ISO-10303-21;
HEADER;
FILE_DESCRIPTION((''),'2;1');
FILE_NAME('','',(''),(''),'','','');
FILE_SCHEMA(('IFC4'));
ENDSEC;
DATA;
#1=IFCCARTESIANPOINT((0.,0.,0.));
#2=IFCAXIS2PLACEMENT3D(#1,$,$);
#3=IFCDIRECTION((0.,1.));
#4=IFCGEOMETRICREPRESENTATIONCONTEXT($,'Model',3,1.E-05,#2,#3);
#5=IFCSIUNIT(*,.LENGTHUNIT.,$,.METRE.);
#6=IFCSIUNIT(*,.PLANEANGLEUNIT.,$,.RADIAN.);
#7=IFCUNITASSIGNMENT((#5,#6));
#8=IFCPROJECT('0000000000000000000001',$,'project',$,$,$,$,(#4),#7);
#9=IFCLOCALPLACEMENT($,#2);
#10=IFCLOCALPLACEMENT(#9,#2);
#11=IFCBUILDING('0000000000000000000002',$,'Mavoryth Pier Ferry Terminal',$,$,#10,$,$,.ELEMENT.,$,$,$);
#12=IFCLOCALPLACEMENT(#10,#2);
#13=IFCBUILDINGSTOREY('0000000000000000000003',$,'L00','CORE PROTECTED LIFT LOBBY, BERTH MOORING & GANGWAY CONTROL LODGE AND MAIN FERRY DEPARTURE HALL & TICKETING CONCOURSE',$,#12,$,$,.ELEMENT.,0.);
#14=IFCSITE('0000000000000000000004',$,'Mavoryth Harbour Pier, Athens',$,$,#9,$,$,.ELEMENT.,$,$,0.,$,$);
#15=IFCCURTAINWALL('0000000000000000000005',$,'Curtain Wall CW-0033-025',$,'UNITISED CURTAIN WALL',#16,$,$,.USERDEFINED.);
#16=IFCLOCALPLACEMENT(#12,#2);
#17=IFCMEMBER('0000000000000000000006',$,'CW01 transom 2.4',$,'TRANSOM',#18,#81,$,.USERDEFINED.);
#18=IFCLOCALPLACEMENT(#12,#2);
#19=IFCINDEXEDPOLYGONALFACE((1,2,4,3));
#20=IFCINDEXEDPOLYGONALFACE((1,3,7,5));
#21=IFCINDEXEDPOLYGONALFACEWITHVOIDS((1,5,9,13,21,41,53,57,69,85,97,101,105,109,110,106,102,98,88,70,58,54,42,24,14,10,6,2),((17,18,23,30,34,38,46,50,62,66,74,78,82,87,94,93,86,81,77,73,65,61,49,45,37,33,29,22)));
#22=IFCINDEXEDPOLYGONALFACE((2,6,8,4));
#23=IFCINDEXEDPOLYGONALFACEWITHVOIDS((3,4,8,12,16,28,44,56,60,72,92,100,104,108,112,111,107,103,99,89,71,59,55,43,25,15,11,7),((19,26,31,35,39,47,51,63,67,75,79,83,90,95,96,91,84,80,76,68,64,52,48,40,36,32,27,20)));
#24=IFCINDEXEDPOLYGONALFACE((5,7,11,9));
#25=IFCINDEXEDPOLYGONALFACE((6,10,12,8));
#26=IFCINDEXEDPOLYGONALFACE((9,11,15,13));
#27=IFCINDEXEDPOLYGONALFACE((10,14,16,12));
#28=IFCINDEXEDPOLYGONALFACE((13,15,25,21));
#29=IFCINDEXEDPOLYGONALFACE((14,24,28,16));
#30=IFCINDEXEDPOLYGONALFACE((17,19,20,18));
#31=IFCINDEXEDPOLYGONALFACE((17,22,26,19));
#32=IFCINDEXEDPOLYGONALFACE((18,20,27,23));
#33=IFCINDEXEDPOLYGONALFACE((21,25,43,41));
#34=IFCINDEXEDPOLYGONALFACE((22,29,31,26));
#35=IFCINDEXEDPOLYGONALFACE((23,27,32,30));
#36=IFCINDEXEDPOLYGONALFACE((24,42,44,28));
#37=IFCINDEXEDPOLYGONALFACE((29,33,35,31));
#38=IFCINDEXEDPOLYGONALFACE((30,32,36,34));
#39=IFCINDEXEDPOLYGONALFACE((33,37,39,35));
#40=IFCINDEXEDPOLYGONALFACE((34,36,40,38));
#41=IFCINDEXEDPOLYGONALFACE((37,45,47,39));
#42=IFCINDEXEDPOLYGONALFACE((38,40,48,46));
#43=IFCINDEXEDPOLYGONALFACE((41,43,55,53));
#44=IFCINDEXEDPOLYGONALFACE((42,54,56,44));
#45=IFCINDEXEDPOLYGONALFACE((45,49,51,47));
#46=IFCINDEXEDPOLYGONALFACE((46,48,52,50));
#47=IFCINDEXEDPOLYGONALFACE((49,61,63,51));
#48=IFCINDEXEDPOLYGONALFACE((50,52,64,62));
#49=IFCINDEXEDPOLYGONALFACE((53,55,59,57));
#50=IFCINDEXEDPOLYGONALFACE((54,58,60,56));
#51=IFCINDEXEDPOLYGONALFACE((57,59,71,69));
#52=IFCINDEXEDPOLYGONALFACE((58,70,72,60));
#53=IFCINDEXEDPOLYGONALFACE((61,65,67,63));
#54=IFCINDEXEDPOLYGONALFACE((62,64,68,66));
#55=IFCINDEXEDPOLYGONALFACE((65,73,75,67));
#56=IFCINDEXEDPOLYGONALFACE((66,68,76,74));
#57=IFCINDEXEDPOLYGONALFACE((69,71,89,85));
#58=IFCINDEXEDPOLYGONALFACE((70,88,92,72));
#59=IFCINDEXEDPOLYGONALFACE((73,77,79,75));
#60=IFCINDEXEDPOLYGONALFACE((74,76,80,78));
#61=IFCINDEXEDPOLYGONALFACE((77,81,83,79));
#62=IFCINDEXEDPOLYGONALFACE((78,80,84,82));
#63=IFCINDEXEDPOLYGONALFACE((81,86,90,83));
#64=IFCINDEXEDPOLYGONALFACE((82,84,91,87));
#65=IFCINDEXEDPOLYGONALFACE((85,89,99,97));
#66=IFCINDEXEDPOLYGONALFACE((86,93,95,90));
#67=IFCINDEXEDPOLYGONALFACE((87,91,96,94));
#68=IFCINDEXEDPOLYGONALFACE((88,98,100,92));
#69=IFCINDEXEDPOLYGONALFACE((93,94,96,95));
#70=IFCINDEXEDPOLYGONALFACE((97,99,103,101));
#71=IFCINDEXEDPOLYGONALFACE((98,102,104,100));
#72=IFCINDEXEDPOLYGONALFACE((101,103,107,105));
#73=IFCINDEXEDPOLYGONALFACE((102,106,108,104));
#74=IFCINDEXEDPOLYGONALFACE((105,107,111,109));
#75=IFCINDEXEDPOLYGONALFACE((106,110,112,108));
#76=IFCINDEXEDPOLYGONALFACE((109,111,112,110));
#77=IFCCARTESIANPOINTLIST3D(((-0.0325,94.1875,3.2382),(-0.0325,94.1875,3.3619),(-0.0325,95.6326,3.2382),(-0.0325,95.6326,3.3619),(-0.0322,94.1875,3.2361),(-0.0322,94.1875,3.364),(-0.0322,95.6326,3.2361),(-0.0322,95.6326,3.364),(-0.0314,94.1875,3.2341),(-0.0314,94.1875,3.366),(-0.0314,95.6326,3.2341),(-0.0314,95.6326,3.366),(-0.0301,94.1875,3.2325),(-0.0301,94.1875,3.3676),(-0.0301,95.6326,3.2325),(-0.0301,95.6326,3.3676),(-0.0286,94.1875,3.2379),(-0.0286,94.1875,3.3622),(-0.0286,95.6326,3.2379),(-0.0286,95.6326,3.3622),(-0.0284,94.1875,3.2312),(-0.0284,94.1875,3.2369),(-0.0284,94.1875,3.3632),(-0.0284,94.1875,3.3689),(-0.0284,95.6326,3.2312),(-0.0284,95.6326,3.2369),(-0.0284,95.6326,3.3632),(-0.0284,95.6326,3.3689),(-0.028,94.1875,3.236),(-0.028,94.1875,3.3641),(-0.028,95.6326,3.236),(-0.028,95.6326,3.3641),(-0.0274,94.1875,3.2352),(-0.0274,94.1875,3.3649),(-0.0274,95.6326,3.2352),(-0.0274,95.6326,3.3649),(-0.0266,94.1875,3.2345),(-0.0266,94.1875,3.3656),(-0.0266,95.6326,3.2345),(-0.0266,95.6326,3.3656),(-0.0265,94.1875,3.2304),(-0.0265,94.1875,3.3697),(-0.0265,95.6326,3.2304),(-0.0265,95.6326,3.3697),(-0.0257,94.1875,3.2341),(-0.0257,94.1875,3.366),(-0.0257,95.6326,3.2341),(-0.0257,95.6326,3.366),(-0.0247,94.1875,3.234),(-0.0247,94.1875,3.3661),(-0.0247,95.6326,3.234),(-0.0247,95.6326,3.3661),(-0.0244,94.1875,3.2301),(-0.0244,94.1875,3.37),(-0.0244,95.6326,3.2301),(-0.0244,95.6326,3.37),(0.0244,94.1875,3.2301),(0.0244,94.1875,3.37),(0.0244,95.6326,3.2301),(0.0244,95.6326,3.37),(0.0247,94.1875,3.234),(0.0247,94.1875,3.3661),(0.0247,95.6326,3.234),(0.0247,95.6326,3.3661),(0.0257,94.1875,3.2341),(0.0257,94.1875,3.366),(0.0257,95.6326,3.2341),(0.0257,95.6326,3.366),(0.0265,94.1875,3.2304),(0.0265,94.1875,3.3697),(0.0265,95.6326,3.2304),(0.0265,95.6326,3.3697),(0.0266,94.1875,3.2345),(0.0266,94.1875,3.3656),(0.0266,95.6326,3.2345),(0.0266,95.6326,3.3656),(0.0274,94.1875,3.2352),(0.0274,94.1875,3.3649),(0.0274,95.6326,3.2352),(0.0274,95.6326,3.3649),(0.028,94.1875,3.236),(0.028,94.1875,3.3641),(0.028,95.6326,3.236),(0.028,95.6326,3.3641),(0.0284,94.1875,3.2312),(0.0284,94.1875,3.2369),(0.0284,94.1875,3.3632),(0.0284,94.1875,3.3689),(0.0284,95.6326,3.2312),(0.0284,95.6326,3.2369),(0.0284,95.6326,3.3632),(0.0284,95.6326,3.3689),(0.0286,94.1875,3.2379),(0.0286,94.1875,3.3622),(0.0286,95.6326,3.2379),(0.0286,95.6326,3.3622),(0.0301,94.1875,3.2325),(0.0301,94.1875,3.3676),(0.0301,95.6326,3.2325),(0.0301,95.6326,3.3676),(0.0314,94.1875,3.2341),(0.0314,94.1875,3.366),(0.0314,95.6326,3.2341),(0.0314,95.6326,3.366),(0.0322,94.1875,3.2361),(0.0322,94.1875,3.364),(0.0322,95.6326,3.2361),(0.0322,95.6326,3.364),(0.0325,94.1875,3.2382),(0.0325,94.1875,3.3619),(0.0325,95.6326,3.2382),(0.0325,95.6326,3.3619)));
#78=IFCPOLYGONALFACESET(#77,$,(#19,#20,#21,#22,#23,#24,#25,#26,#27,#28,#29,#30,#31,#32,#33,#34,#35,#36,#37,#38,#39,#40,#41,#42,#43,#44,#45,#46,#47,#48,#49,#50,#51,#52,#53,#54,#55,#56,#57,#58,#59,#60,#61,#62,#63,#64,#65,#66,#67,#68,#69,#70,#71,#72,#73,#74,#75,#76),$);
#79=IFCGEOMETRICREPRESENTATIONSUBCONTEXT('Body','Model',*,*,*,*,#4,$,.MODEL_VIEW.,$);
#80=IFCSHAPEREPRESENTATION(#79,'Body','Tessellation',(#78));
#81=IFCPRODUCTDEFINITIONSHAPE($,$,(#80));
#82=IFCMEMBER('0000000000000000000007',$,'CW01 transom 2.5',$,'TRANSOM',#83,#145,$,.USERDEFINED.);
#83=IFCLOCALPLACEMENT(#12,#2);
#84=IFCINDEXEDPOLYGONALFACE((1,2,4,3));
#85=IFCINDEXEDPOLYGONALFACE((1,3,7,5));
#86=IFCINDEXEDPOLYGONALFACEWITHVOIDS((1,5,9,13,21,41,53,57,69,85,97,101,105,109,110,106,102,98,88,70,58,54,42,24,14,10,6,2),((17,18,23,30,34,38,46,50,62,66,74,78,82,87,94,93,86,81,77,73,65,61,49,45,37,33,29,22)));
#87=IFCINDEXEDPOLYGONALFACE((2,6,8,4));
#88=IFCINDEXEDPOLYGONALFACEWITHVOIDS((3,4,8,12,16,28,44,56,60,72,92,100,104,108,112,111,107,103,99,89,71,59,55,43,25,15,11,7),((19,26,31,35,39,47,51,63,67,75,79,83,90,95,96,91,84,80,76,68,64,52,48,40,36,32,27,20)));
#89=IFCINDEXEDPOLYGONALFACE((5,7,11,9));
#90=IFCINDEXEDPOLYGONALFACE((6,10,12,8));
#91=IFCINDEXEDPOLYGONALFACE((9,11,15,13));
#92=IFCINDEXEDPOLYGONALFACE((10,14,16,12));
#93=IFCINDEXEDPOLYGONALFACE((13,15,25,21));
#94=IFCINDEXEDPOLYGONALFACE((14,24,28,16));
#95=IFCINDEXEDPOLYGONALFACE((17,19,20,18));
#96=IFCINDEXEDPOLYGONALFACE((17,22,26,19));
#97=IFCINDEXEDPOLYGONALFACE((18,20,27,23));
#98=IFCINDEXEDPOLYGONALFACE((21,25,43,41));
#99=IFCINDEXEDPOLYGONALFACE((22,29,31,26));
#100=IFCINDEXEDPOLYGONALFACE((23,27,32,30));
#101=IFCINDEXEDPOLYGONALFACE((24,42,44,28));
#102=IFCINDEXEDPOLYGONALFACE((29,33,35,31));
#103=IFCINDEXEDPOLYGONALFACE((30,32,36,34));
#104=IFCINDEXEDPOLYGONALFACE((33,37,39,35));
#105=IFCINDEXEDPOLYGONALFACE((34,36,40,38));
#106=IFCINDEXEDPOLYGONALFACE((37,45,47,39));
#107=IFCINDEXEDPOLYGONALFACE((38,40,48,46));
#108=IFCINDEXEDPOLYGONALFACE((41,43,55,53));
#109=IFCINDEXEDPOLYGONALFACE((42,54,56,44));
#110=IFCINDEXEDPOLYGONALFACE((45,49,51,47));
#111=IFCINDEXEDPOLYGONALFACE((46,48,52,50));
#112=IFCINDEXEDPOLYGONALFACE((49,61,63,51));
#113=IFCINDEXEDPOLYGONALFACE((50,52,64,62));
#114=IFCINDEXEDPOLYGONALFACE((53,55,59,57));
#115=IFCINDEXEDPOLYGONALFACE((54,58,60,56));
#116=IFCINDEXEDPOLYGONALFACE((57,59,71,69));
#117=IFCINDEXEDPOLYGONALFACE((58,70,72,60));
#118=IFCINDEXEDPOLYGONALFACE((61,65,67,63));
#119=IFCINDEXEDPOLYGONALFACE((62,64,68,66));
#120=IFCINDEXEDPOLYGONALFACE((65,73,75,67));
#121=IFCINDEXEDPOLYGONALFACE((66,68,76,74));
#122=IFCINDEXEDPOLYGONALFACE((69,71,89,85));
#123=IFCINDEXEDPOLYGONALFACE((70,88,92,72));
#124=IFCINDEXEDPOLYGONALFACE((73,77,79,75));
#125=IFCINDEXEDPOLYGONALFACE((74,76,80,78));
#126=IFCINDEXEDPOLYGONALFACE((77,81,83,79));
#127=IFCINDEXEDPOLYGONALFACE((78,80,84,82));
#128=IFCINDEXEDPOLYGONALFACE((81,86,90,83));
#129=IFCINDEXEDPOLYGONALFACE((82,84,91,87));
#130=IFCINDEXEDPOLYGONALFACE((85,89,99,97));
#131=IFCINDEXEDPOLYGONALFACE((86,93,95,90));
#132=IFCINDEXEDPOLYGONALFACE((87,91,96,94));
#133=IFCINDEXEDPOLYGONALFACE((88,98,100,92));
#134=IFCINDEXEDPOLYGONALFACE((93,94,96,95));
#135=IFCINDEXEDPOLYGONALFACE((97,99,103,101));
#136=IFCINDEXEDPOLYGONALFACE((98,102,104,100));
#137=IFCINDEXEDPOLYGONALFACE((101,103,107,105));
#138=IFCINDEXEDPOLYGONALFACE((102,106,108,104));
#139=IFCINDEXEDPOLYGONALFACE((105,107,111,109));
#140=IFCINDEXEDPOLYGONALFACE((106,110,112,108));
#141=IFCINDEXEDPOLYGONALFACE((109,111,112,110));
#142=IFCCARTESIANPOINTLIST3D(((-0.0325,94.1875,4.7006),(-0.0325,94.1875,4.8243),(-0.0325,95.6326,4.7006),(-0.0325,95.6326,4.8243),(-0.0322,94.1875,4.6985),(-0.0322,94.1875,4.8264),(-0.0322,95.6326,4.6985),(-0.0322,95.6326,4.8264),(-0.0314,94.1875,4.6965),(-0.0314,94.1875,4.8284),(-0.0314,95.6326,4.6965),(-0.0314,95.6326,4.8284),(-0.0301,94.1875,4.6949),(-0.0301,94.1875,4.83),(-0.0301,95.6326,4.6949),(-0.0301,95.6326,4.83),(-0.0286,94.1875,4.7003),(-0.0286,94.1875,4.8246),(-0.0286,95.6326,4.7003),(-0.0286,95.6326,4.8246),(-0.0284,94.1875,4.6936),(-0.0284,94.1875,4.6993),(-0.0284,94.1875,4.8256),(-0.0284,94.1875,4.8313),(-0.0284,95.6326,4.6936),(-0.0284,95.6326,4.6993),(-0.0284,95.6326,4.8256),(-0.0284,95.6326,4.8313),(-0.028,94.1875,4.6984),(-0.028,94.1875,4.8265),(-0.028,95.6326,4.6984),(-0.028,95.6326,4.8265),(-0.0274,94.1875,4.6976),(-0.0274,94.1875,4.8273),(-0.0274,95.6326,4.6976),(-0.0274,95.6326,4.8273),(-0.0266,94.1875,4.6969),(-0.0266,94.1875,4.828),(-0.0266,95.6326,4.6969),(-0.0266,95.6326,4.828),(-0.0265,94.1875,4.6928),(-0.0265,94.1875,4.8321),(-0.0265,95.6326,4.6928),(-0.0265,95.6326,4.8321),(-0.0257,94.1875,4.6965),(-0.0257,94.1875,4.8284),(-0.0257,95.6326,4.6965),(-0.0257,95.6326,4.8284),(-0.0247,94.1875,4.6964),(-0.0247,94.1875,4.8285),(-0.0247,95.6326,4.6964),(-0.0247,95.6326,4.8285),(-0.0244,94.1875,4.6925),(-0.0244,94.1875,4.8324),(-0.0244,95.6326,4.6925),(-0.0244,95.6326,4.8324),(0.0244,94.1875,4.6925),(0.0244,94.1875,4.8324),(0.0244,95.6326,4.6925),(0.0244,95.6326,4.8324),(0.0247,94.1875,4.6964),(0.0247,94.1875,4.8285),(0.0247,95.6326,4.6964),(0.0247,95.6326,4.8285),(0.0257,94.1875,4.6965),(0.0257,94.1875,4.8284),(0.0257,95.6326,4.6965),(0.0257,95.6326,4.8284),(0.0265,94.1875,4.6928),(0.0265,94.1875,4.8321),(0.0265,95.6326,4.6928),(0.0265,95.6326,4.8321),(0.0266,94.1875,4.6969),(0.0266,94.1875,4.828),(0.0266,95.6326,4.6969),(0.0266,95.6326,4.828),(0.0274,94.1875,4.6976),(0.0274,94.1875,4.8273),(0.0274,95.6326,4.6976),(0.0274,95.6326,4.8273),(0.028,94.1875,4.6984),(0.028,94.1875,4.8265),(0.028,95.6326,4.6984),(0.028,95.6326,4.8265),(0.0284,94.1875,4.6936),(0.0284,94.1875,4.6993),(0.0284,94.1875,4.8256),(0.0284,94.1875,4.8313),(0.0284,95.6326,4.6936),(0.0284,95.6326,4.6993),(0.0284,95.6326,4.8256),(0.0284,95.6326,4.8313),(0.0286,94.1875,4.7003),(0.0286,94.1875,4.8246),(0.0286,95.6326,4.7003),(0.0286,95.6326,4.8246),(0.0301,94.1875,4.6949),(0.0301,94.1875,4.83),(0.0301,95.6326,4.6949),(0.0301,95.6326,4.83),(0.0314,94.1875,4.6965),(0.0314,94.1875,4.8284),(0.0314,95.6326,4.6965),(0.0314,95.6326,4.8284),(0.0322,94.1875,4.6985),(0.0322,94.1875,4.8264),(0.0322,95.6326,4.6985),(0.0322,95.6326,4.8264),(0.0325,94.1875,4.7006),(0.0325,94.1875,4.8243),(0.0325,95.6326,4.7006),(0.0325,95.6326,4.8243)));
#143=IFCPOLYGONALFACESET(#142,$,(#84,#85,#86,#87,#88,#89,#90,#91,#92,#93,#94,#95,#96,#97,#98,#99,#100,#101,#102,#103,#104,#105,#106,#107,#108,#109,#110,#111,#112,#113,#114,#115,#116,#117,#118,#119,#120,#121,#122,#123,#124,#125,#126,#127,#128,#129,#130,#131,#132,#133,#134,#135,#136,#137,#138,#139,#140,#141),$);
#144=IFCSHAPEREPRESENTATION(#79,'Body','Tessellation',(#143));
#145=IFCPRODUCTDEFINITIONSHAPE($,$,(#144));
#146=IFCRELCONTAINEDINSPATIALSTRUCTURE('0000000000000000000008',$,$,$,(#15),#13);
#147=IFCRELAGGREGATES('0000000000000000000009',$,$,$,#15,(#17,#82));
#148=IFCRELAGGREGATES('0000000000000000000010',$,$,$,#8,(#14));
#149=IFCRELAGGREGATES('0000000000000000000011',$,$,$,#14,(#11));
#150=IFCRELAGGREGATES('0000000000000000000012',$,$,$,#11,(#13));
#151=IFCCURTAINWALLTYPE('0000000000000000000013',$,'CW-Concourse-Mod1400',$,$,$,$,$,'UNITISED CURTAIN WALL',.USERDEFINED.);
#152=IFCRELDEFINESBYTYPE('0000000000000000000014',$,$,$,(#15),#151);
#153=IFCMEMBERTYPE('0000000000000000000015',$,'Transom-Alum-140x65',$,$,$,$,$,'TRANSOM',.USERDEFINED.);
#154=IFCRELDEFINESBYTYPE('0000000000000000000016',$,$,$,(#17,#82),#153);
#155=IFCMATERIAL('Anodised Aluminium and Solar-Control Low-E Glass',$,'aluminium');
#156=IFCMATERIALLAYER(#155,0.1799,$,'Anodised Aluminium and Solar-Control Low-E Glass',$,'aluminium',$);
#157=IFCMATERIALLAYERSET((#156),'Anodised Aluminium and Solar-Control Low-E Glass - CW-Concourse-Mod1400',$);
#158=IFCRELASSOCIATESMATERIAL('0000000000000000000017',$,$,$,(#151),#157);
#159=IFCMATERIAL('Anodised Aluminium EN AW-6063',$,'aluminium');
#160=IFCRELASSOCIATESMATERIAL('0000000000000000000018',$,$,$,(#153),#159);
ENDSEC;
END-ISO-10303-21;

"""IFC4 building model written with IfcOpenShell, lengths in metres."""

from ifc_helpers import new_model, si_unit, direction, frame, origin, origin_2d, place, context, subcontext, project, spatial, hollow_rectangle, extrude, material, layer, layer_set, material_profile, profile_set, type_object, element, aggregate, save


model = new_model("IFC4")

# Units and contexts
model_context = context("Model", 3, precision=1e-05, world=origin(), true_north=direction((0.0, 1.0)))
body_context = subcontext(model_context, "Body", "Model", "MODEL_VIEW")
ifc_project = project(units=[si_unit("LENGTHUNIT", "METRE"), si_unit("PLANEANGLEUNIT", "RADIAN")], contexts=[model_context])

# Site, building, storey
site_placement = place(None, origin())
site = spatial("IfcSite", under=ifc_project, at=site_placement, Name="Mavoryth Harbour Pier, Athens", CompositionType="ELEMENT", RefElevation=0.0)
building_placement = place(site_placement, origin())
building = spatial("IfcBuilding", under=site, at=building_placement, Name="Mavoryth Pier Ferry Terminal", CompositionType="ELEMENT")
storey_placement = place(building_placement, origin())
storey = spatial("IfcBuildingStorey", under=building, at=storey_placement, Name="L00", Description="CORE PROTECTED LIFT LOBBY, BERTH MOORING & GANGWAY CONTROL LODGE AND MAIN FERRY DEPARTURE HALL & TICKETING CONCOURSE", CompositionType="ELEMENT", Elevation=0.0)

# Curtain wall, members
ifc_material_1 = material(Name="Anodised Aluminium and Solar-Control Low-E Glass", Category="aluminium")
ifc_layer_1 = layer(ifc_material_1, 0.1799, Name="Anodised Aluminium and Solar-Control Low-E Glass", Category="aluminium")
ifc_layer_set_1 = layer_set([ifc_layer_1], Name="Anodised Aluminium and Solar-Control Low-E Glass - CW-Concourse-Mod1400")
curtain_wall_type = type_object("IfcCurtainWallType", Name="CW-Concourse-Mod1400", ElementType="UNITISED CURTAIN WALL", PredefinedType="USERDEFINED", material=ifc_layer_set_1)
curtain_wall_placement = place(storey_placement, origin())
curtain_wall = element("IfcCurtainWall", 1, at=curtain_wall_placement, inside=storey, type_object=curtain_wall_type, Name="Curtain Wall CW-0033-025", ObjectType="UNITISED CURTAIN WALL", PredefinedType="USERDEFINED")
ifc_material_2 = material(Name="Anodised Aluminium EN AW-6063", Category="aluminium")
ifc_material_profile_1 = material_profile(ifc_material_2, hollow_rectangle(XDim=0.0649, YDim=0.1399, WallThickness=0.0039, InnerFilletRadius=0.0039, OuterFilletRadius=0.0081, at=origin_2d()), Name="AL-TRAN 140x65x4", Category="aluminium")
ifc_profile_set_1 = profile_set([ifc_material_profile_1], Name="Anodised Aluminium EN AW-6063 - AL-TRAN 140x65x4")
member_type_1 = type_object("IfcMemberType", Name="Transom-Alum-140x65", ElementType="TRANSOM", PredefinedType="USERDEFINED", material=ifc_profile_set_1)
member_1_placement = place(storey_placement, frame((0.0, 95.6326, 3.3), z_axis=(0.0, -1.0, 0.0), x_axis=(1.0, 0.0, 0.0)))
member_1 = element("IfcMember", 2, at=member_1_placement, type_object=member_type_1, Name="CW01 transom 2.4", ObjectType="TRANSOM", PredefinedType="USERDEFINED", context=body_context, shape_type="SweptSolid", body=[
    extrude(hollow_rectangle(XDim=0.0649, YDim=0.1399, WallThickness=0.0039, InnerFilletRadius=0.0039, OuterFilletRadius=0.0081, at=origin_2d()), origin(), (0.0, 0.0, 1.0), 1.4451),
])
member_2_placement = place(storey_placement, frame((0.0, 95.6326, 4.7625), z_axis=(0.0, -1.0, 0.0), x_axis=(1.0, 0.0, 0.0)))
member_2 = element("IfcMember", 3, at=member_2_placement, type_object=member_type_1, Name="CW01 transom 2.5", ObjectType="TRANSOM", PredefinedType="USERDEFINED", context=body_context, shape_type="SweptSolid", body=[
    extrude(hollow_rectangle(XDim=0.0649, YDim=0.1399, WallThickness=0.0039, InnerFilletRadius=0.0039, OuterFilletRadius=0.0081, at=origin_2d()), origin(), (0.0, 0.0, 1.0), 1.4451),
])
aggregate(curtain_wall, [member_1, member_2])

save(model, "model.ifc")
